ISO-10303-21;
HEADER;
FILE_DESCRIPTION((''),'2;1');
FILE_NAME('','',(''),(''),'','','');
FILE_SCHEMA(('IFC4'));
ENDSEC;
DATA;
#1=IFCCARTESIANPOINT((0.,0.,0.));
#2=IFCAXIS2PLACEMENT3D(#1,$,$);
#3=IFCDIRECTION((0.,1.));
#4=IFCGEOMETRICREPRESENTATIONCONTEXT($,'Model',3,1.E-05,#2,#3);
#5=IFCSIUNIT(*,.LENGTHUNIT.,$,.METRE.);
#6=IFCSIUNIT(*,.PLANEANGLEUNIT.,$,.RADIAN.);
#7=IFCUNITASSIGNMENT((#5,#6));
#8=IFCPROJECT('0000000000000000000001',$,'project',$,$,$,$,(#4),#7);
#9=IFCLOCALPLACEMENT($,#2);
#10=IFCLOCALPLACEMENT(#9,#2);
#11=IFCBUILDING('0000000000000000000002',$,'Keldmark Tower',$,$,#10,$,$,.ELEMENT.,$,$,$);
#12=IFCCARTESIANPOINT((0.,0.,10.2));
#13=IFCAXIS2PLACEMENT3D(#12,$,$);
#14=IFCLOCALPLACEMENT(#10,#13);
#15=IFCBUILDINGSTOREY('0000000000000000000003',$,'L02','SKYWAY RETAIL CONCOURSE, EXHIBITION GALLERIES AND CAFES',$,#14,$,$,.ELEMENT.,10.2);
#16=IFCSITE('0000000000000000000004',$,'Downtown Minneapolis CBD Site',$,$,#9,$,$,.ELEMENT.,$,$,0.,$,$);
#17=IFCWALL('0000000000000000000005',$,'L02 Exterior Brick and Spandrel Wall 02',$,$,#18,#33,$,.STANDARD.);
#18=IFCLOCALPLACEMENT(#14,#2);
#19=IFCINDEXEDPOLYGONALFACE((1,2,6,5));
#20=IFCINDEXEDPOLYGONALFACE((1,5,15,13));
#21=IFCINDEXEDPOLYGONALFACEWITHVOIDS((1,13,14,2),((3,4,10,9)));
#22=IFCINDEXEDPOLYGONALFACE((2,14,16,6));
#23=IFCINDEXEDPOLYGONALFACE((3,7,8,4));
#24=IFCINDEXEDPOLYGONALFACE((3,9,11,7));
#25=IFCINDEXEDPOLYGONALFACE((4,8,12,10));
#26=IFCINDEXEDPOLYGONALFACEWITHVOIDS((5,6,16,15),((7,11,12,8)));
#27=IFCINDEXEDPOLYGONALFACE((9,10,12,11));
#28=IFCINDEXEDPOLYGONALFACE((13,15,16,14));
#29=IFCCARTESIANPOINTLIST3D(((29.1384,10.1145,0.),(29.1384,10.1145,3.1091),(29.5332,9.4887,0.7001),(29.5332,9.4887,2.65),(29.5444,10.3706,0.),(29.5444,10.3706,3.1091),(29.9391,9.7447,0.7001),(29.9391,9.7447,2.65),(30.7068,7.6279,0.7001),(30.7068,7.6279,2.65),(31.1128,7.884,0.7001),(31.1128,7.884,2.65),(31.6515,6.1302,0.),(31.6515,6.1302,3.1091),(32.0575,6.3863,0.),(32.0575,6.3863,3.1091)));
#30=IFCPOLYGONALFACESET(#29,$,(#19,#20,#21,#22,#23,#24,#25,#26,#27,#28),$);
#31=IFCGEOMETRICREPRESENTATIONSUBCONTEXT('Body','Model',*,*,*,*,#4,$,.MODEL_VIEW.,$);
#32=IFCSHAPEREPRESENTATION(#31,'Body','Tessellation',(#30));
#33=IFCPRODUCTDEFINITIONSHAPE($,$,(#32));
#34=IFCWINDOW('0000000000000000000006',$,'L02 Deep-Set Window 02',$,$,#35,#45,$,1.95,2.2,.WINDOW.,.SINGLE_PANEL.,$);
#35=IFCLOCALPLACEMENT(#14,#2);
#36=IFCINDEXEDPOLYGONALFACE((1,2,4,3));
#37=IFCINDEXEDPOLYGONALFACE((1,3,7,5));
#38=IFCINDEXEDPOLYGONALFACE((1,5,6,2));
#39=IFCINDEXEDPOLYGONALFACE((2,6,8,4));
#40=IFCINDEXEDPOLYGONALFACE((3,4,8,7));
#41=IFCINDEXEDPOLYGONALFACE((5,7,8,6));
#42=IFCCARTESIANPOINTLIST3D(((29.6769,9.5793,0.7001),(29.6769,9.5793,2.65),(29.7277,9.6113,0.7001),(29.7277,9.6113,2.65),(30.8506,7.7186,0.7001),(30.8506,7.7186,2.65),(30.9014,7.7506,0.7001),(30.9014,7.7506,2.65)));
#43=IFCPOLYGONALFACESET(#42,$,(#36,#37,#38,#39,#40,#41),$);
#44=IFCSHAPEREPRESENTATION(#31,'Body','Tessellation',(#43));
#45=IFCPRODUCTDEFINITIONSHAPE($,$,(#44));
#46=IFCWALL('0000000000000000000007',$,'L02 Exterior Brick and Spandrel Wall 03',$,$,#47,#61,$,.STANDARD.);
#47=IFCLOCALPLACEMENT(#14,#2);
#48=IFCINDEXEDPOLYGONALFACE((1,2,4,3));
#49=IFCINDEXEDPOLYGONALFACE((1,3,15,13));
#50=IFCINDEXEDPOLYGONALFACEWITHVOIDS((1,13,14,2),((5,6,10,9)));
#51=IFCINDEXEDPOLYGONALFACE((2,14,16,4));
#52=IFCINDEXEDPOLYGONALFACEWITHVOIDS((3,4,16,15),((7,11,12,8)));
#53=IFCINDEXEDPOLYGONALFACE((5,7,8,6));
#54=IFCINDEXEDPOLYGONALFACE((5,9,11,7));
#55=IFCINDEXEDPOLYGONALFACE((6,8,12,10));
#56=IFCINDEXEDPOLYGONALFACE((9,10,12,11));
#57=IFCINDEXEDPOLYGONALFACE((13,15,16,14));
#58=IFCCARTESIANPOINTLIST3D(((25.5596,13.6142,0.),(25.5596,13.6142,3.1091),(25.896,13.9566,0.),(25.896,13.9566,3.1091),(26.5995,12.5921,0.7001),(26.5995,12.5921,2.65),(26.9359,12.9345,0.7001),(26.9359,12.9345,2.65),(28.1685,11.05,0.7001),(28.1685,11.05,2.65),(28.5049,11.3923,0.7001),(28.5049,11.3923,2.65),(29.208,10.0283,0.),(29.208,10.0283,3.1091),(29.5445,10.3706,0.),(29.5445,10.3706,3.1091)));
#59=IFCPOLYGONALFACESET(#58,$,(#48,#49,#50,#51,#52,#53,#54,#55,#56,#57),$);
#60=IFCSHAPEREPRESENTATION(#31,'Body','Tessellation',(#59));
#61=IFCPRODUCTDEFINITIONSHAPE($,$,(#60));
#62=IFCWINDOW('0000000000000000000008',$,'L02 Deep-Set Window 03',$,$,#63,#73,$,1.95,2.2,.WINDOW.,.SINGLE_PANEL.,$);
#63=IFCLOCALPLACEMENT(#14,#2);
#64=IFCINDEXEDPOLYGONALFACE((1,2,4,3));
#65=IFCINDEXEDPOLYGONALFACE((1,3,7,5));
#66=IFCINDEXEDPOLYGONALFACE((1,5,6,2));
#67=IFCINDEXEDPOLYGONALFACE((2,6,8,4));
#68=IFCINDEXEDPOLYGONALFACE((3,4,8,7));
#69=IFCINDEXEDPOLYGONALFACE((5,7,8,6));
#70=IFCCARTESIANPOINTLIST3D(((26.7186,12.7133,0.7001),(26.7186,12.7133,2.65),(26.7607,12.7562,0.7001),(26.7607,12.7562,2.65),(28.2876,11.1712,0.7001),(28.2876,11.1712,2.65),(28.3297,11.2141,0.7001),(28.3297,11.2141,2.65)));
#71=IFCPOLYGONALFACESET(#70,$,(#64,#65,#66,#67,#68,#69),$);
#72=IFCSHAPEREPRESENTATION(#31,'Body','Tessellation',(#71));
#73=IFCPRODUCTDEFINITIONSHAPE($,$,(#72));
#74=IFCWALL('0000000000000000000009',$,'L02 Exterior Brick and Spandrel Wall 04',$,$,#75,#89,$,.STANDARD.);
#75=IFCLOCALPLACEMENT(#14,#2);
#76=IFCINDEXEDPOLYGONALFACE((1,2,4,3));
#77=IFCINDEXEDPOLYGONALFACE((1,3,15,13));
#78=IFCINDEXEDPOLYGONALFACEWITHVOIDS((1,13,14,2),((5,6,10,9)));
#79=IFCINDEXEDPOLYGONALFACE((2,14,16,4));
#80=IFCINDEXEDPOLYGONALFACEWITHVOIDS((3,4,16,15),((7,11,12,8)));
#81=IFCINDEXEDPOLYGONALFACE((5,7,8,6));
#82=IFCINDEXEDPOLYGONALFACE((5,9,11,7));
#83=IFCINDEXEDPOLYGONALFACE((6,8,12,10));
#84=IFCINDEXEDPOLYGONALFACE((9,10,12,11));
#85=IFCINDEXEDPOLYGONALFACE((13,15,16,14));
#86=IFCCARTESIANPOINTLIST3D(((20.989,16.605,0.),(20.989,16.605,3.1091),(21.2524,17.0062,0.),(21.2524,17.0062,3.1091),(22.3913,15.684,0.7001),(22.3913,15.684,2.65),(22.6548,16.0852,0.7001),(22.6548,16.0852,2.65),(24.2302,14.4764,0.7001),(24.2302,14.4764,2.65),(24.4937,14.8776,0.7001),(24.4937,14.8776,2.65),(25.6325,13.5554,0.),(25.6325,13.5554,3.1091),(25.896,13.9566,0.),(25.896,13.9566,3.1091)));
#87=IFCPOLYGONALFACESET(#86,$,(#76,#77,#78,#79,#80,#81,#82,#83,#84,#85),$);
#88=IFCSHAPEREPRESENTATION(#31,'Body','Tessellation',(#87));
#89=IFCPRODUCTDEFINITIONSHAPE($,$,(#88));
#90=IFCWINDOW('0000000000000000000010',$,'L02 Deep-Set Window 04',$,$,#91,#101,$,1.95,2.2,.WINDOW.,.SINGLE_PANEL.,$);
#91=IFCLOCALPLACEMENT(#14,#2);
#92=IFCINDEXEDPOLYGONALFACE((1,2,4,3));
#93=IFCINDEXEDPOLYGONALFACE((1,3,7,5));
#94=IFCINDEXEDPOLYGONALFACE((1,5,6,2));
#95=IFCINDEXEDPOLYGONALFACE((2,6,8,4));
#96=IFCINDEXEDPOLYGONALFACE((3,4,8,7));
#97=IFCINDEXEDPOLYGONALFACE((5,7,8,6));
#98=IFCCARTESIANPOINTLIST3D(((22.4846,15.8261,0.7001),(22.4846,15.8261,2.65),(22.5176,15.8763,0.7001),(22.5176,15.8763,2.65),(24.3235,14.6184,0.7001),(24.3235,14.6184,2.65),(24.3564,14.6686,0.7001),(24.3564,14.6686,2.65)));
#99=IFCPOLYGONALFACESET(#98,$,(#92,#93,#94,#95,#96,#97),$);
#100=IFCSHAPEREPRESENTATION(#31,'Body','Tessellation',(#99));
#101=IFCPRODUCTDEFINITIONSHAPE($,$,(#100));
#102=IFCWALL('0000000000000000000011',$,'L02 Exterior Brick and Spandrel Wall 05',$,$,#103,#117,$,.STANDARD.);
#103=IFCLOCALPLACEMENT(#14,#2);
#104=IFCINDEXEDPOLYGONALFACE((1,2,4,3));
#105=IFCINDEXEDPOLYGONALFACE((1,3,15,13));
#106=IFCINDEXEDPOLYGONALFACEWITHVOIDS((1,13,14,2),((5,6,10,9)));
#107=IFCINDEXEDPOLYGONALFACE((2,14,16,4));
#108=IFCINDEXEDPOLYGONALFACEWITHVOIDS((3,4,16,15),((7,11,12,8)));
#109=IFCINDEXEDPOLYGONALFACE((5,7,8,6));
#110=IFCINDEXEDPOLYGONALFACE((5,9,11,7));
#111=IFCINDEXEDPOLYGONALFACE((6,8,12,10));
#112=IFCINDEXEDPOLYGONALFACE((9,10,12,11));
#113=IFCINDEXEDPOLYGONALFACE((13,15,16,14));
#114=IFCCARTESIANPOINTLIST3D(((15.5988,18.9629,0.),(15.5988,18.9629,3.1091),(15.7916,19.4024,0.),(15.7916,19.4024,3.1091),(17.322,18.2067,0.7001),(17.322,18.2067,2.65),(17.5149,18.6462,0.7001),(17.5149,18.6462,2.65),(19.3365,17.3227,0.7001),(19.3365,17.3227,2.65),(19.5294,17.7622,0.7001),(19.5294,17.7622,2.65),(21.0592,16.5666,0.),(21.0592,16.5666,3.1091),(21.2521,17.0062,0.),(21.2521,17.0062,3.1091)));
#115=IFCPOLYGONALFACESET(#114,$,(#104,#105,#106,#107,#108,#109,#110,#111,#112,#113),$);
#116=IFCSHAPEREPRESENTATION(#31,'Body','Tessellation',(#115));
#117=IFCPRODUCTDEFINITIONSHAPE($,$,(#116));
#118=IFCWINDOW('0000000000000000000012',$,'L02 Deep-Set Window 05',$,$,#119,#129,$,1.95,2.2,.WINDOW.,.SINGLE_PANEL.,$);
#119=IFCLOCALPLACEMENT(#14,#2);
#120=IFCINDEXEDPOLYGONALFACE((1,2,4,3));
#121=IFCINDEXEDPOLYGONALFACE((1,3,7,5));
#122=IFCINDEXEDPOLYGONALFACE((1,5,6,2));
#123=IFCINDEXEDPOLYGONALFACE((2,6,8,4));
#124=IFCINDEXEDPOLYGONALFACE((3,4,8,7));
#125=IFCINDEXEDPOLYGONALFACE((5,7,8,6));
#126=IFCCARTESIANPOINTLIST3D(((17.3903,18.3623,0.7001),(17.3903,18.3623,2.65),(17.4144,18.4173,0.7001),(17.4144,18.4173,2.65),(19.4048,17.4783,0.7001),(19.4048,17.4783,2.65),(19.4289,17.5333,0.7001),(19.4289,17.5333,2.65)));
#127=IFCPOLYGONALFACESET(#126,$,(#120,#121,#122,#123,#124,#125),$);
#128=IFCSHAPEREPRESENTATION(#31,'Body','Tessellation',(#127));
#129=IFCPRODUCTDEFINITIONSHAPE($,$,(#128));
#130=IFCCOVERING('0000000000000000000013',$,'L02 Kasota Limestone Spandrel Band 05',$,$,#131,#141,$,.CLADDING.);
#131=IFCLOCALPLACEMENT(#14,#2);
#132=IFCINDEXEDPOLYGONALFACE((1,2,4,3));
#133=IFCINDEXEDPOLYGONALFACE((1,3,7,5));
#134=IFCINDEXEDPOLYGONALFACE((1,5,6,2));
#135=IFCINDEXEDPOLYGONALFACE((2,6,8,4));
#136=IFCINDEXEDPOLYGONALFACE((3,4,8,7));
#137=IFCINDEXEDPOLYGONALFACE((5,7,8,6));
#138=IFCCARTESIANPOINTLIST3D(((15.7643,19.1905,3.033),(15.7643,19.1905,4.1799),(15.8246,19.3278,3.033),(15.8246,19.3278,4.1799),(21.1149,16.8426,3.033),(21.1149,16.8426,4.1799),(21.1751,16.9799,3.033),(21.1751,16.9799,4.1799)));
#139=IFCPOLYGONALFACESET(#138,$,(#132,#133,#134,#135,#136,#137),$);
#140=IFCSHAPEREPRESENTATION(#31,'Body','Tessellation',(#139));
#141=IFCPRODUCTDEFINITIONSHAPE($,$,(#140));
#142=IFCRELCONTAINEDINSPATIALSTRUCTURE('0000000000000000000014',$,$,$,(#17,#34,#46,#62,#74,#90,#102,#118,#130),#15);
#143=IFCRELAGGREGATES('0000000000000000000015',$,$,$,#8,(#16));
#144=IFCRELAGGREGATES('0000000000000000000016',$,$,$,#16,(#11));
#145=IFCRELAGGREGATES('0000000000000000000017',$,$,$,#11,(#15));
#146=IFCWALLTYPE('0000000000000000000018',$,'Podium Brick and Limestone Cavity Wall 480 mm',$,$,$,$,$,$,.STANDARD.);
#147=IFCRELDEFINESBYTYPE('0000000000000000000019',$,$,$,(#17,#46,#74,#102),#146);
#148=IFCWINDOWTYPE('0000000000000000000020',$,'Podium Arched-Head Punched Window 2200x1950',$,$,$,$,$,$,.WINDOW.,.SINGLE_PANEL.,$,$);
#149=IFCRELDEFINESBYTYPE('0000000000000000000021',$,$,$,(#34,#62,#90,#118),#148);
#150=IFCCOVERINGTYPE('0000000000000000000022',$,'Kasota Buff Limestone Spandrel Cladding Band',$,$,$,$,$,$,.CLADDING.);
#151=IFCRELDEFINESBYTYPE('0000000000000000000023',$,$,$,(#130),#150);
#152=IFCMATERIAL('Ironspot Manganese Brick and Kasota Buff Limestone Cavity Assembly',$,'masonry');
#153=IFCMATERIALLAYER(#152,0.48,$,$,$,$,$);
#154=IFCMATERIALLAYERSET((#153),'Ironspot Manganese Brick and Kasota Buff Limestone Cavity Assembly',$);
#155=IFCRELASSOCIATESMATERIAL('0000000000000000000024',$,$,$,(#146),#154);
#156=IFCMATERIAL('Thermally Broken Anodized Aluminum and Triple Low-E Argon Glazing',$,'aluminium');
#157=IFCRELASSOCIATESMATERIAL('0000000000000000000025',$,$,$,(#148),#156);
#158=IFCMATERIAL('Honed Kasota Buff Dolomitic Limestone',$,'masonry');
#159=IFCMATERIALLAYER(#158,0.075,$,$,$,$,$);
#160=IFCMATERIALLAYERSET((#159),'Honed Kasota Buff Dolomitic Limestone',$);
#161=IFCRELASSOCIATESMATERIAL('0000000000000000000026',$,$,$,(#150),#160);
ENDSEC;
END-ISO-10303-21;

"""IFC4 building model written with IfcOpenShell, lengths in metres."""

from ifc_helpers import new_model, si_unit, direction, frame, frame_2d, origin, origin_2d, place, context, subcontext, project, spatial, rectangle, extrude, material, layer, layer_set, type_object, element, fill, save


model = new_model("IFC4")

# Units and contexts
model_context = context("Model", 3, precision=1e-05, world=origin(), true_north=direction((0.0, 1.0)))
body_context = subcontext(model_context, "Body", "Model", "MODEL_VIEW")
ifc_project = project(units=[si_unit("LENGTHUNIT", "METRE"), si_unit("PLANEANGLEUNIT", "RADIAN")], contexts=[model_context])

# Site, building, storey
site_placement = place(None, origin())
site = spatial("IfcSite", under=ifc_project, at=site_placement, Name="Downtown Minneapolis CBD Site", CompositionType="ELEMENT", RefElevation=0.0)
building_placement = place(site_placement, origin())
building = spatial("IfcBuilding", under=site, at=building_placement, Name="Keldmark Tower", CompositionType="ELEMENT")
storey_placement = place(building_placement, frame((0.0, 0.0, 10.2)))
storey = spatial("IfcBuildingStorey", under=building, at=storey_placement, Name="L02", Description="SKYWAY RETAIL CONCOURSE, EXHIBITION GALLERIES AND CAFES", CompositionType="ELEMENT", Elevation=10.2)

# Walls, openings, windows
ifc_material_1 = material(Name="Ironspot Manganese Brick and Kasota Buff Limestone Cavity Assembly", Category="masonry")
ifc_layer_1 = layer(ifc_material_1, 0.48)
ifc_layer_set_1 = layer_set([ifc_layer_1], Name="Ironspot Manganese Brick and Kasota Buff Limestone Cavity Assembly")
wall_type_1 = type_object("IfcWallType", Name="Podium Brick and Limestone Cavity Wall 480 mm", PredefinedType="STANDARD", material=ifc_layer_set_1)
ifc_material_2 = material(Name="Thermally Broken Anodized Aluminum and Triple Low-E Argon Glazing", Category="aluminium")
window_type = type_object("IfcWindowType", Name="Podium Arched-Head Punched Window 2200x1950", PartitioningType="SINGLE_PANEL", PredefinedType="WINDOW", material=ifc_material_2)
wall_1_placement = place(storey_placement, frame((29.3413, 10.2427, 0.0), z_axis=(0.0, 0.0, 1.0), x_axis=(0.533498, -0.845802, 0.0)))
wall_1 = element("IfcWall", 1, at=wall_1_placement, inside=storey, type_object=wall_type_1, Name="L02 Exterior Brick and Spandrel Wall 02", PredefinedType="STANDARD", context=body_context, shape_type="SweptSolid", body=[
    extrude(rectangle(XDim=4.7107, YDim=0.48, at=frame_2d((2.3555, 0.0))), origin(), (0.0, 0.0, 1.0), 3.1091),
])
opening_1_placement = place(wall_1_placement, frame((0.74, 0.0, 0.7)))
opening_1 = element("IfcOpeningElement", 2, at=opening_1_placement, cuts=wall_1, PredefinedType="OPENING", context=body_context, shape_type="SweptSolid", body=[
    extrude(rectangle(XDim=2.2, YDim=1.95, at=frame_2d((1.1001, 0.9751))), frame((0.0, 0.25, 0.0), z_axis=(0.0, -1.0, 0.0), x_axis=(1.0, 0.0, 0.0)), (0.0, 0.0, 1.0), 0.5),
])
window_1_placement = place(opening_1_placement, origin())
window_1 = element("IfcWindow", 3, at=window_1_placement, inside=storey, type_object=window_type, Name="L02 Deep-Set Window 02", OverallHeight=1.95, OverallWidth=2.2, PartitioningType="SINGLE_PANEL", PredefinedType="WINDOW", context=body_context, shape_type="SweptSolid", body=[
    extrude(rectangle(XDim=2.2, YDim=1.95, at=frame_2d((1.1001, 0.9751))), frame((0.0, -0.01, 0.0), z_axis=(0.0, -1.0, 0.0), x_axis=(1.0, 0.0, 0.0)), (0.0, 0.0, 1.0), 0.0601),
])
fill(opening_1, window_1)
wall_2_placement = place(storey_placement, frame((25.7278, 13.7854, 0.0), z_axis=(0.0, 0.0, 1.0), x_axis=(0.713189, -0.700972, 0.0)))
wall_2 = element("IfcWall", 4, at=wall_2_placement, inside=storey, type_object=wall_type_1, Name="L02 Exterior Brick and Spandrel Wall 03", PredefinedType="STANDARD", context=body_context, shape_type="SweptSolid", body=[
    extrude(rectangle(XDim=5.1157, YDim=0.48, at=frame_2d((2.5579, 0.0))), origin(), (0.0, 0.0, 1.0), 3.1091),
])
opening_2_placement = place(wall_2_placement, frame((1.458, 0.0, 0.7)))
opening_2 = element("IfcOpeningElement", 5, at=opening_2_placement, cuts=wall_2, PredefinedType="OPENING", context=body_context, shape_type="SweptSolid", body=[
    extrude(rectangle(XDim=2.2, YDim=1.95, at=frame_2d((1.1001, 0.9751))), frame((0.0, 0.25, 0.0), z_axis=(0.0, -1.0, 0.0), x_axis=(1.0, 0.0, 0.0)), (0.0, 0.0, 1.0), 0.5),
])
window_2_placement = place(opening_2_placement, origin())
window_2 = element("IfcWindow", 6, at=window_2_placement, inside=storey, type_object=window_type, Name="L02 Deep-Set Window 03", OverallHeight=1.95, OverallWidth=2.2, PartitioningType="SINGLE_PANEL", PredefinedType="WINDOW", context=body_context, shape_type="SweptSolid", body=[
    extrude(rectangle(XDim=2.2, YDim=1.95, at=frame_2d((1.1001, 0.9751))), frame((0.0, -0.01, 0.0), z_axis=(0.0, -1.0, 0.0), x_axis=(1.0, 0.0, 0.0)), (0.0, 0.0, 1.0), 0.0601),
])
fill(opening_2, window_2)
wall_3_placement = place(storey_placement, frame((21.1206, 16.8057, 0.0), z_axis=(0.0, 0.0, 1.0), x_axis=(0.835864, -0.548937, 0.0)))
wall_3 = element("IfcWall", 7, at=wall_3_placement, inside=storey, type_object=wall_type_1, Name="L02 Exterior Brick and Spandrel Wall 04", PredefinedType="STANDARD", context=body_context, shape_type="SweptSolid", body=[
    extrude(rectangle(XDim=5.5554, YDim=0.48, at=frame_2d((2.7778, 0.0))), origin(), (0.0, 0.0, 1.0), 3.1091),
])
opening_3_placement = place(wall_3_placement, frame((1.6777, 0.0, 0.7)))
opening_3 = element("IfcOpeningElement", 8, at=opening_3_placement, cuts=wall_3, PredefinedType="OPENING", context=body_context, shape_type="SweptSolid", body=[
    extrude(rectangle(XDim=2.2, YDim=1.95, at=frame_2d((1.1001, 0.9751))), frame((0.0, 0.25, 0.0), z_axis=(0.0, -1.0, 0.0), x_axis=(1.0, 0.0, 0.0)), (0.0, 0.0, 1.0), 0.5),
])
window_3_placement = place(opening_3_placement, origin())
window_3 = element("IfcWindow", 9, at=window_3_placement, inside=storey, type_object=window_type, Name="L02 Deep-Set Window 04", OverallHeight=1.95, OverallWidth=2.2, PartitioningType="SINGLE_PANEL", PredefinedType="WINDOW", context=body_context, shape_type="SweptSolid", body=[
    extrude(rectangle(XDim=2.2, YDim=1.95, at=frame_2d((1.1001, 0.9751))), frame((0.0, -0.01, 0.0), z_axis=(0.0, -1.0, 0.0), x_axis=(1.0, 0.0, 0.0)), (0.0, 0.0, 1.0), 0.0601),
])
fill(opening_3, window_3)
wall_4_placement = place(storey_placement, frame((15.6953, 19.1826, 0.0), z_axis=(0.0, 0.0, 1.0), x_axis=(0.915708, -0.401845, 0.0)))
wall_4 = element("IfcWall", 10, at=wall_4_placement, inside=storey, type_object=wall_type_1, Name="L02 Exterior Brick and Spandrel Wall 05", PredefinedType="STANDARD", context=body_context, shape_type="SweptSolid", body=[
    extrude(rectangle(XDim=5.9631, YDim=0.48, at=frame_2d((2.9814, 0.0))), origin(), (0.0, 0.0, 1.0), 3.1091),
])
opening_4_placement = place(wall_4_placement, frame((1.8816, 0.0, 0.7)))
opening_4 = element("IfcOpeningElement", 11, at=opening_4_placement, cuts=wall_4, PredefinedType="OPENING", context=body_context, shape_type="SweptSolid", body=[
    extrude(rectangle(XDim=2.2, YDim=1.95, at=frame_2d((1.1001, 0.9751))), frame((0.0, 0.25, 0.0), z_axis=(0.0, -1.0, 0.0), x_axis=(1.0, 0.0, 0.0)), (0.0, 0.0, 1.0), 0.5),
])
window_4_placement = place(opening_4_placement, origin())
window_4 = element("IfcWindow", 12, at=window_4_placement, inside=storey, type_object=window_type, Name="L02 Deep-Set Window 05", OverallHeight=1.95, OverallWidth=2.2, PartitioningType="SINGLE_PANEL", PredefinedType="WINDOW", context=body_context, shape_type="SweptSolid", body=[
    extrude(rectangle(XDim=2.2, YDim=1.95, at=frame_2d((1.1001, 0.9751))), frame((0.0, -0.01, 0.0), z_axis=(0.0, -1.0, 0.0), x_axis=(1.0, 0.0, 0.0)), (0.0, 0.0, 1.0), 0.0601),
])
fill(opening_4, window_4)

# Covering
ifc_material_3 = material(Name="Honed Kasota Buff Dolomitic Limestone", Category="masonry")
ifc_layer_2 = layer(ifc_material_3, 0.075)
ifc_layer_set_2 = layer_set([ifc_layer_2], Name="Honed Kasota Buff Dolomitic Limestone")
covering_type = type_object("IfcCoveringType", Name="Kasota Buff Limestone Spandrel Cladding Band", PredefinedType="CLADDING", material=ifc_layer_set_2)
covering_placement = place(storey_placement, frame((18.4697, 18.0852, 3.033), z_axis=(0.0, 0.0, 1.0), x_axis=(-0.915712, 0.401836, 0.0)))
element("IfcCovering", 13, at=covering_placement, inside=storey, type_object=covering_type, Name="L02 Kasota Limestone Spandrel Band 05", PredefinedType="CLADDING", context=body_context, shape_type="SweptSolid", body=[
    extrude(rectangle(XDim=5.843, YDim=0.1499, at=origin_2d()), origin(), (0.0, 0.0, 1.0), 1.147),
])

save(model, "model.ifc")
